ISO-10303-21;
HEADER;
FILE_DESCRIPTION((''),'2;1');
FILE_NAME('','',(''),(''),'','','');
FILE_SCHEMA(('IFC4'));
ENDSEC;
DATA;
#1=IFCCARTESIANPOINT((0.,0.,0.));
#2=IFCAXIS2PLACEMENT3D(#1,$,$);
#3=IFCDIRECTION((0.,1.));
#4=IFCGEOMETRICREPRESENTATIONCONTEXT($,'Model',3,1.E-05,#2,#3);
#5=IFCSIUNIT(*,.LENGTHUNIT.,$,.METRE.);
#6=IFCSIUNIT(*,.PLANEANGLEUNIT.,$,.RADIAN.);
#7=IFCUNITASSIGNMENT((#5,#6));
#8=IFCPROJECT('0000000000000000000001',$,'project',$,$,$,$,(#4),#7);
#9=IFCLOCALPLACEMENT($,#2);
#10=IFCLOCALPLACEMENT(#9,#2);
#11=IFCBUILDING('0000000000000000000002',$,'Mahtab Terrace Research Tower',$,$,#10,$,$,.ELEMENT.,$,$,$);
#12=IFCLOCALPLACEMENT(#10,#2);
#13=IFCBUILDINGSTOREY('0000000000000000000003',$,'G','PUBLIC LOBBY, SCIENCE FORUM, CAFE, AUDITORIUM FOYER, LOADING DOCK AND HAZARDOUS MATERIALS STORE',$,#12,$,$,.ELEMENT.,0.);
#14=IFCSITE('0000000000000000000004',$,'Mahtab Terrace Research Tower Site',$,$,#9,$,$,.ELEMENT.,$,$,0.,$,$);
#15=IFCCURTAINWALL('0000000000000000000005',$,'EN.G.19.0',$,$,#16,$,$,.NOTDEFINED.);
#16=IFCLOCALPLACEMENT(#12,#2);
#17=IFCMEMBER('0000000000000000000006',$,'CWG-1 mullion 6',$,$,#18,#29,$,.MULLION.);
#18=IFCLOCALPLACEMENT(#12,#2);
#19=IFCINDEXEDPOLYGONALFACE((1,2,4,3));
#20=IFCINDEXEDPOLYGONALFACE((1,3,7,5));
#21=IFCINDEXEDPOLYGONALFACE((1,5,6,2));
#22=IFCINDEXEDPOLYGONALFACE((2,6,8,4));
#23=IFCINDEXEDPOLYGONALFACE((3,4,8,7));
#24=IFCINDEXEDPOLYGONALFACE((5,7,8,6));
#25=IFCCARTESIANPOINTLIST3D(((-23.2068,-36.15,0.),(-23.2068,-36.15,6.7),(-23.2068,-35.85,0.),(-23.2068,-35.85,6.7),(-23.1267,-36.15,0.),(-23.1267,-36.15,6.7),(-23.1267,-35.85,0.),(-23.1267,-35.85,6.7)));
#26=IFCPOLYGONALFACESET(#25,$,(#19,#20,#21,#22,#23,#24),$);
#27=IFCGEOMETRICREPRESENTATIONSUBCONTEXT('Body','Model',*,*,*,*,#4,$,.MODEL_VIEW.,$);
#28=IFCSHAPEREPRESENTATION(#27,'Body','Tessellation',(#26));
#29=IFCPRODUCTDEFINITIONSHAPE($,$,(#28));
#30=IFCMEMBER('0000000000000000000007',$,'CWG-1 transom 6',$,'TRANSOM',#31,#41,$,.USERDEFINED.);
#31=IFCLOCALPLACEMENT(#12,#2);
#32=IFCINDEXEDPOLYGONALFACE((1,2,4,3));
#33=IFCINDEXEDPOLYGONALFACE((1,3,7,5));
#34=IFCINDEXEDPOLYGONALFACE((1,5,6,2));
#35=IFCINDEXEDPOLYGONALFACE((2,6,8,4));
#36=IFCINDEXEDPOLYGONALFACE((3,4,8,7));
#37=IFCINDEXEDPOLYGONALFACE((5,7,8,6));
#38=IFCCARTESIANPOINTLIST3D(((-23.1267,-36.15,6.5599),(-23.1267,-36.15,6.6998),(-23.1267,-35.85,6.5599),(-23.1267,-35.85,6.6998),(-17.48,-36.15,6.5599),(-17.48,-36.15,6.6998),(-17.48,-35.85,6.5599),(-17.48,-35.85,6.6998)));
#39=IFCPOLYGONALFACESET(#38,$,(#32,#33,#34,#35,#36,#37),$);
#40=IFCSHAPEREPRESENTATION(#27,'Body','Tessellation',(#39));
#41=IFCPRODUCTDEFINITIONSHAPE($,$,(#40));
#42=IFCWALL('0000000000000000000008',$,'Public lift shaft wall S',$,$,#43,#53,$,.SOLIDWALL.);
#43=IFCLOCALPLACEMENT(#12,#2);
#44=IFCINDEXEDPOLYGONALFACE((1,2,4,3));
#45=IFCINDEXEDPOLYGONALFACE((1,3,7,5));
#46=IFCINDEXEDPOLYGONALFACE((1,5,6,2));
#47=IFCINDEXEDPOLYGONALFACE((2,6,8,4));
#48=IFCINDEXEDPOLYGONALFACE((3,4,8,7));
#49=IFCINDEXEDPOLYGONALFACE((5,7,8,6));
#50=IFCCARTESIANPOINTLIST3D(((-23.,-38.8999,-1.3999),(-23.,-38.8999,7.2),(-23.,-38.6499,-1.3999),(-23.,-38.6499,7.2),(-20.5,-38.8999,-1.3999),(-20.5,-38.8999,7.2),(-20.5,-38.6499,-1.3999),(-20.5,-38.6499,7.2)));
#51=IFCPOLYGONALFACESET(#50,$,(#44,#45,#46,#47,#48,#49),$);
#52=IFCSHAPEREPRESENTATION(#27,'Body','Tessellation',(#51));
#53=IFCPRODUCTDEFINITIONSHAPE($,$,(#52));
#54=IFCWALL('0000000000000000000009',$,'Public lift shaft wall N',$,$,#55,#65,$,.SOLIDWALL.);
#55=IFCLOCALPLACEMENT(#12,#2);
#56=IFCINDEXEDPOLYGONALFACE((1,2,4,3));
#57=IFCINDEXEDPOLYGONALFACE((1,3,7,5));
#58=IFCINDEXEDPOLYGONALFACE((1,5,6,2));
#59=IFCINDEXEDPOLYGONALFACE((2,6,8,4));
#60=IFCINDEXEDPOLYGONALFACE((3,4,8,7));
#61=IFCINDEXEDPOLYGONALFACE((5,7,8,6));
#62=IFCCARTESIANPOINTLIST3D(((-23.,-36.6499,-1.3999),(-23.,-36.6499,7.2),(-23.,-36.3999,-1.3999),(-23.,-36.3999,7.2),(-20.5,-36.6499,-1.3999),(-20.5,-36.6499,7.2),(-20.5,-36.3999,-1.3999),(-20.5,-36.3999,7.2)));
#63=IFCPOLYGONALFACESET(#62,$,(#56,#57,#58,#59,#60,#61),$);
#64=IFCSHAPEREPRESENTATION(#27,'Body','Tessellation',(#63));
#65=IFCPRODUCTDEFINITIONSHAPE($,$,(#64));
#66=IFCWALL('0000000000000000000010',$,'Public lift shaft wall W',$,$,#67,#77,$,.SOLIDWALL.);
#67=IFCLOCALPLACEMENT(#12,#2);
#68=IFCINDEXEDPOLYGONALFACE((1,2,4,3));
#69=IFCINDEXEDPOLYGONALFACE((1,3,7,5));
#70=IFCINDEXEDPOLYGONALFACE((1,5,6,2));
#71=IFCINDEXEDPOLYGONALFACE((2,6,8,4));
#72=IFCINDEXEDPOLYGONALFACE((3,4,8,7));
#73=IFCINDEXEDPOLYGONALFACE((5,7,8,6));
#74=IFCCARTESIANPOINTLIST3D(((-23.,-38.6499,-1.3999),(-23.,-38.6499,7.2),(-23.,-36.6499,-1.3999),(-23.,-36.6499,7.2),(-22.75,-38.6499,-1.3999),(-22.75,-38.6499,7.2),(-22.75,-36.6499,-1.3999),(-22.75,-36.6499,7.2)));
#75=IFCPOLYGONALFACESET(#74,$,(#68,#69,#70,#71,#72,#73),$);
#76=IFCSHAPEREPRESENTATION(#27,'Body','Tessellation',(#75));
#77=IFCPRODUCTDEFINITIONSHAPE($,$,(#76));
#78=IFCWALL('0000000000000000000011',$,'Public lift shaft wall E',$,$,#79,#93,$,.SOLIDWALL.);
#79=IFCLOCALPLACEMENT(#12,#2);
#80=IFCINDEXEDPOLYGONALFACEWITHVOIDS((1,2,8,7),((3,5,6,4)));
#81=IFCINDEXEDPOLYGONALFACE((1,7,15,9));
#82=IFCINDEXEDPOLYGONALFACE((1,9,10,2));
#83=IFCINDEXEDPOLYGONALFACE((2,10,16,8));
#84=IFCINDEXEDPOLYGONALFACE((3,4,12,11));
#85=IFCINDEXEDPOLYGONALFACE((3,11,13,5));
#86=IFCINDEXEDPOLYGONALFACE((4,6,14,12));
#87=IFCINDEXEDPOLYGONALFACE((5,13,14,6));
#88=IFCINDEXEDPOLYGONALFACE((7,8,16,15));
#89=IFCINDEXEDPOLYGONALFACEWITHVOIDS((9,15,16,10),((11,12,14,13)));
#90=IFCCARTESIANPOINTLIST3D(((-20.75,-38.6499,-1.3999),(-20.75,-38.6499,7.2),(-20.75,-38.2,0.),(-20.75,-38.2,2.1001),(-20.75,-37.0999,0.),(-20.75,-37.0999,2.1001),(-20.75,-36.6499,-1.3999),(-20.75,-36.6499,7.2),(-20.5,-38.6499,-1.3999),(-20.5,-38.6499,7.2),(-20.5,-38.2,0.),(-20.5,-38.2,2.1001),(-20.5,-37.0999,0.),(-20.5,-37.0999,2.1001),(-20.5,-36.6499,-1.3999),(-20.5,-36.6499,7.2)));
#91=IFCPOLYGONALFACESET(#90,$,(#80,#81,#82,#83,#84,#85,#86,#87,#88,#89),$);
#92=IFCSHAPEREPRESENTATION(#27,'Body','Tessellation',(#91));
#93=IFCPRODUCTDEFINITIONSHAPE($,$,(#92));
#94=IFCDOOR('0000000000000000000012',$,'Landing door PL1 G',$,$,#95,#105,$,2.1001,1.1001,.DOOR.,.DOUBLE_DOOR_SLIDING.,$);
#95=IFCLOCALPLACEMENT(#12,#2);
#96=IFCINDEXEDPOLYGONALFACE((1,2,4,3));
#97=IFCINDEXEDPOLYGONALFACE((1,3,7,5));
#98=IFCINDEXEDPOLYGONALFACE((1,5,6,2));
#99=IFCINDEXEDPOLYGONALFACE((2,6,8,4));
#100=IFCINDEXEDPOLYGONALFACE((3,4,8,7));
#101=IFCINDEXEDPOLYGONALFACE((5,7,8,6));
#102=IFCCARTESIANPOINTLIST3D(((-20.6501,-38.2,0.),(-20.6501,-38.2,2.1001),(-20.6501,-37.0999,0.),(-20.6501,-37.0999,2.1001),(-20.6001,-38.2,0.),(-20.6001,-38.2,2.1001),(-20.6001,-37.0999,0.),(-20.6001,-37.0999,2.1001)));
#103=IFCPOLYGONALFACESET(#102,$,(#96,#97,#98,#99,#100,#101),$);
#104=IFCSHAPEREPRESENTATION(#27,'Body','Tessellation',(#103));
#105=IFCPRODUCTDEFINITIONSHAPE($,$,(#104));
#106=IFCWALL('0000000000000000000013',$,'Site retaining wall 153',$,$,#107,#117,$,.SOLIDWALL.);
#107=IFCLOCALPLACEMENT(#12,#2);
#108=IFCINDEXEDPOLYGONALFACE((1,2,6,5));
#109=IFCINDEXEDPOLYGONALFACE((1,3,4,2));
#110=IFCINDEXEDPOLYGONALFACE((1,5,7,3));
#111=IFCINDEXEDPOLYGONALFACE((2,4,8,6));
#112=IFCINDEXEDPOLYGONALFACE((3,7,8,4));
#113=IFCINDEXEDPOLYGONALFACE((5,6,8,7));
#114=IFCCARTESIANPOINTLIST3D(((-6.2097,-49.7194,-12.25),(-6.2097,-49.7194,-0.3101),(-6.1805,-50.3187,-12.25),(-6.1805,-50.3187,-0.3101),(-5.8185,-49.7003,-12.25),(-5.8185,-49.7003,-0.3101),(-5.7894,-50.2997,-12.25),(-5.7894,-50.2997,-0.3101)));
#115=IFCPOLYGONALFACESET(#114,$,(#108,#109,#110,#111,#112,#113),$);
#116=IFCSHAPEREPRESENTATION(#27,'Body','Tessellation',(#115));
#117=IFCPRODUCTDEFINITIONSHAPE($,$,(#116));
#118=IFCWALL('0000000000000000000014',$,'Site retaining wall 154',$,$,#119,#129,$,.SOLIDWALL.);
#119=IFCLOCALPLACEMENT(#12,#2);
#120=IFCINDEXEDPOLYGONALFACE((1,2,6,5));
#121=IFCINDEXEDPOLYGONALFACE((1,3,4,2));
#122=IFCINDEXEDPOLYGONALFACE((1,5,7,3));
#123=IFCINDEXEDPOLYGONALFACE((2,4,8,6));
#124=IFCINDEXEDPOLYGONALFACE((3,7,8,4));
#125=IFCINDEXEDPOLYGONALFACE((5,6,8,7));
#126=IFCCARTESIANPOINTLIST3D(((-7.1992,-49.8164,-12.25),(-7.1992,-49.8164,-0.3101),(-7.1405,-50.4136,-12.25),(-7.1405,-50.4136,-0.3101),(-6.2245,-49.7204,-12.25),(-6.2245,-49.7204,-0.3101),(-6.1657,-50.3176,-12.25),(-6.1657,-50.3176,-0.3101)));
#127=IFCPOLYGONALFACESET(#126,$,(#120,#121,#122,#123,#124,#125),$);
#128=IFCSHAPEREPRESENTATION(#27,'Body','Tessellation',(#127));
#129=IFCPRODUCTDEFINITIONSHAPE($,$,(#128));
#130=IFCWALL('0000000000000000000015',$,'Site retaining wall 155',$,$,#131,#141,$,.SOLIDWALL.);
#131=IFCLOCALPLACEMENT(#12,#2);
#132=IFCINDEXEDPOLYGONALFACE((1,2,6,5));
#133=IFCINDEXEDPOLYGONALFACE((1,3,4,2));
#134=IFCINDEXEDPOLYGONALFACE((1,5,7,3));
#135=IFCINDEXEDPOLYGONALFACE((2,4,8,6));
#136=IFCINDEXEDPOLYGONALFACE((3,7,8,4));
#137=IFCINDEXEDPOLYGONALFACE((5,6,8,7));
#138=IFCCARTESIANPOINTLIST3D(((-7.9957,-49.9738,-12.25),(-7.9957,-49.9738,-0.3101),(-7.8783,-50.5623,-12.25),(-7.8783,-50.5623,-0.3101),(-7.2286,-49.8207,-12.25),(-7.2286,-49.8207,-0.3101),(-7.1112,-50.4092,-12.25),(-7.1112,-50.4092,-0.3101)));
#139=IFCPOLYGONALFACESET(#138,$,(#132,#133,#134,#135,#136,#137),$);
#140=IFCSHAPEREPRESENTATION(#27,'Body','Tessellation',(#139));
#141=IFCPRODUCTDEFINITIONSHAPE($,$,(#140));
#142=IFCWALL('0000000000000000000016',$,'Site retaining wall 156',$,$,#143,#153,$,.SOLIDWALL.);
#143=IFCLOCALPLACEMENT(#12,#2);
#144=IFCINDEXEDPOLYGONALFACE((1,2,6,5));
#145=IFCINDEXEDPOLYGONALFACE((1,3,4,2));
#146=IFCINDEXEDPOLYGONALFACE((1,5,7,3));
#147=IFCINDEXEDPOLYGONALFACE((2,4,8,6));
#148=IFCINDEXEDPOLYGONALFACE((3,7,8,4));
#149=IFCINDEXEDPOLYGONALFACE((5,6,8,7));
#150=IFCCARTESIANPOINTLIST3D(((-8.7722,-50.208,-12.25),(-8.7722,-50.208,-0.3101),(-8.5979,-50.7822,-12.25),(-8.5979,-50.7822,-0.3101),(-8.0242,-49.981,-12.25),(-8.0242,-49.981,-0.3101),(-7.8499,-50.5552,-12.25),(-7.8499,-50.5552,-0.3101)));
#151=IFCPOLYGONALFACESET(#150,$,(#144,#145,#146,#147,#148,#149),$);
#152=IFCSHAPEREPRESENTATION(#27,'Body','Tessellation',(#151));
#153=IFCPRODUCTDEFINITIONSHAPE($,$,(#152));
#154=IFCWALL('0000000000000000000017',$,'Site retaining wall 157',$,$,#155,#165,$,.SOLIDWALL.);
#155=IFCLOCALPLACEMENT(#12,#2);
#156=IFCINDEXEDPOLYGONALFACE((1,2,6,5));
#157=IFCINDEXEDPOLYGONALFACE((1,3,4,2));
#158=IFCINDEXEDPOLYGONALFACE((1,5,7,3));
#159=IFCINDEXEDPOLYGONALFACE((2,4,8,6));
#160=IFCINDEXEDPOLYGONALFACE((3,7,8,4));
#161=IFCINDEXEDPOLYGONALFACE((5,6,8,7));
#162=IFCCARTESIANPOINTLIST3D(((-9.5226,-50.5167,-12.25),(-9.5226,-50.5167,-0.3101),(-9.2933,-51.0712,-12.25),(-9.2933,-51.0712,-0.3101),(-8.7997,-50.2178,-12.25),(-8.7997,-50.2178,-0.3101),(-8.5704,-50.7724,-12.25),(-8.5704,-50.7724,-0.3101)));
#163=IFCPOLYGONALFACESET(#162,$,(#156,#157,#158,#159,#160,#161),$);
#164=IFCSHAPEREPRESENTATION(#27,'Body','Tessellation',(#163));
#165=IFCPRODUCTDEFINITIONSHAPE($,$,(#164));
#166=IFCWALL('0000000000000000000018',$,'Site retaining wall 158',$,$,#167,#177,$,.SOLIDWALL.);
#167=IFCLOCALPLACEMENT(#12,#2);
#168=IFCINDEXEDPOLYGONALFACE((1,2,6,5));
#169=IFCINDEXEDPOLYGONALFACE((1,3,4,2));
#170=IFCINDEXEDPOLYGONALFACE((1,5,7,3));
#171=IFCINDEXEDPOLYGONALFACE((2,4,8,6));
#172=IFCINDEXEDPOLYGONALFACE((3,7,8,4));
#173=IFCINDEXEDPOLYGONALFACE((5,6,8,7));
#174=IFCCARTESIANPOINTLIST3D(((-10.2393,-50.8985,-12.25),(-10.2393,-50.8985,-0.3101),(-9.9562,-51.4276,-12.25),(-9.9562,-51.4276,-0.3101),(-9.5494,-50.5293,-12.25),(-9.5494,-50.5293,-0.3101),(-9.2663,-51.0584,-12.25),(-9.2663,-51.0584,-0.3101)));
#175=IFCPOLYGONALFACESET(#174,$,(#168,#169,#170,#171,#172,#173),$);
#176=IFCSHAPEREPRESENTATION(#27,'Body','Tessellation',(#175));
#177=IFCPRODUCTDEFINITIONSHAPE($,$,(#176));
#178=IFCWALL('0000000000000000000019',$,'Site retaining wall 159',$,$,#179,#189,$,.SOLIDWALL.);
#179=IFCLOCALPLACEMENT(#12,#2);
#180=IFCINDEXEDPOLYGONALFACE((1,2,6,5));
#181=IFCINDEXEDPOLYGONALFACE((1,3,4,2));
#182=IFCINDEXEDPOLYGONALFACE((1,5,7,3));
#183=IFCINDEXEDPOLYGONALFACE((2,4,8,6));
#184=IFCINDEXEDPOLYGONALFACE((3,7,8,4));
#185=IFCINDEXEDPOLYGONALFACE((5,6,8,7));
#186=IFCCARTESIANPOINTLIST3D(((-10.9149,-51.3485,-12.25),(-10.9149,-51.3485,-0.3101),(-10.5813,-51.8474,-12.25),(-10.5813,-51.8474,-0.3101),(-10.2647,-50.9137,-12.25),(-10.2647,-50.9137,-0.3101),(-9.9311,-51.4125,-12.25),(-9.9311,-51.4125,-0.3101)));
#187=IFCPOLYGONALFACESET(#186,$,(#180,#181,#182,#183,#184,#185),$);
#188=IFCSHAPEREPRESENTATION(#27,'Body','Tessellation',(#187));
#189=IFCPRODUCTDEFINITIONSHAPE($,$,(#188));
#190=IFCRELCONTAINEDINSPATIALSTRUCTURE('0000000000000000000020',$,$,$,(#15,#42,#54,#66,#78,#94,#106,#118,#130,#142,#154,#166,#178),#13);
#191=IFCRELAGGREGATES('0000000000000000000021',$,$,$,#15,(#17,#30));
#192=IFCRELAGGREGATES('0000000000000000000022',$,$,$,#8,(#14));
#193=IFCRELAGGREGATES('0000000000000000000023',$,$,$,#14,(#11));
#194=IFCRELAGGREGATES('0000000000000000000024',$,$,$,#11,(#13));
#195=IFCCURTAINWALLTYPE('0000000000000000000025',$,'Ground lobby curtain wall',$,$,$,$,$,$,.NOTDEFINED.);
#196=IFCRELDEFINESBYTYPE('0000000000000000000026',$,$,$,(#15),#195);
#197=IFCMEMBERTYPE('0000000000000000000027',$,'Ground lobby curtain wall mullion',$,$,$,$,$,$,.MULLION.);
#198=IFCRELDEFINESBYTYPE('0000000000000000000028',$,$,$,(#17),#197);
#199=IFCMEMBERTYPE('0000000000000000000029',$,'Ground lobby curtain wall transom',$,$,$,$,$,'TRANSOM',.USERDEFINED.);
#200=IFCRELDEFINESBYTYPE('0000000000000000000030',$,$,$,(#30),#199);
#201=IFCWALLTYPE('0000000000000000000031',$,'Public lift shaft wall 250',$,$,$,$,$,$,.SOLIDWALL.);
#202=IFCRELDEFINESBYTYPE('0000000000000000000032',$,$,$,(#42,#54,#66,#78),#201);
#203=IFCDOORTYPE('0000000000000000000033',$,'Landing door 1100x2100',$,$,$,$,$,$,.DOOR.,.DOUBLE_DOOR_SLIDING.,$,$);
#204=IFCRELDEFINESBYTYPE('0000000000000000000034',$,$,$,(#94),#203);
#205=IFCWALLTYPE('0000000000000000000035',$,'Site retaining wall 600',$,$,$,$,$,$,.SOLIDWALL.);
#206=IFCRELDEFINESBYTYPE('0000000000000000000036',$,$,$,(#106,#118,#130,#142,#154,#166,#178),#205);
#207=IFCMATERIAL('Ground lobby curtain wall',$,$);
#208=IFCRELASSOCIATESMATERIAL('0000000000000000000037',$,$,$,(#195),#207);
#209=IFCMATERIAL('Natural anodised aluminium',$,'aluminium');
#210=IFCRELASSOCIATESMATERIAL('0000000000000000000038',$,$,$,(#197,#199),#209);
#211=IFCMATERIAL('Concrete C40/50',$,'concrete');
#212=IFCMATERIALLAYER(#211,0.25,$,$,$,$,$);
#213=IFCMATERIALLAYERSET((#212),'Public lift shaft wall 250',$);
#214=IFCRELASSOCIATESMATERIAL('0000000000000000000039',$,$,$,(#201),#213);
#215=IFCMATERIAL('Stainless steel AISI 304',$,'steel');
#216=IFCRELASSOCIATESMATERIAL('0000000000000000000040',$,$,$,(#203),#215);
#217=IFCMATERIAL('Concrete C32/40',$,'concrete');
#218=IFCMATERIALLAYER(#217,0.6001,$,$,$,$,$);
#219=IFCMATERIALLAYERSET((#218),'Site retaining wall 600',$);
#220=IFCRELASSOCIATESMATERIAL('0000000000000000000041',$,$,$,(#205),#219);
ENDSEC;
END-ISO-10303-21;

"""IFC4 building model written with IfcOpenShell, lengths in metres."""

from ifc_helpers import new_model, si_unit, direction, frame, frame_2d, origin, origin_2d, place, context, subcontext, project, spatial, rectangle, extrude, material, layer, layer_set, material_profile, profile_set, type_object, element, fill, aggregate, save


model = new_model("IFC4")

# Units and contexts
model_context = context("Model", 3, precision=1e-05, world=origin(), true_north=direction((0.0, 1.0)))
body_context = subcontext(model_context, "Body", "Model", "MODEL_VIEW")
ifc_project = project(units=[si_unit("LENGTHUNIT", "METRE"), si_unit("PLANEANGLEUNIT", "RADIAN")], contexts=[model_context])

# Site, building, storey
site_placement = place(None, origin())
site = spatial("IfcSite", under=ifc_project, at=site_placement, Name="Mahtab Terrace Research Tower Site", CompositionType="ELEMENT", RefElevation=0.0)
building_placement = place(site_placement, origin())
building = spatial("IfcBuilding", under=site, at=building_placement, Name="Mahtab Terrace Research Tower", CompositionType="ELEMENT")
storey_placement = place(building_placement, origin())
storey = spatial("IfcBuildingStorey", under=building, at=storey_placement, Name="G", Description="PUBLIC LOBBY, SCIENCE FORUM, CAFE, AUDITORIUM FOYER, LOADING DOCK AND HAZARDOUS MATERIALS STORE", CompositionType="ELEMENT", Elevation=0.0)

# Curtain wall, members
ifc_material_1 = material(Name="Ground lobby curtain wall")
curtain_wall_type = type_object("IfcCurtainWallType", Name="Ground lobby curtain wall", PredefinedType="NOTDEFINED", material=ifc_material_1)
curtain_wall_placement = place(storey_placement, origin())
curtain_wall = element("IfcCurtainWall", 1, at=curtain_wall_placement, inside=storey, type_object=curtain_wall_type, Name="EN.G.19.0", PredefinedType="NOTDEFINED")
ifc_material_2 = material(Name="Natural anodised aluminium", Category="aluminium")
ifc_material_profile_1 = material_profile(ifc_material_2, rectangle(XDim=0.3, YDim=0.0801, at=origin_2d()), Name="MULLION 80x300")
ifc_profile_set_1 = profile_set([ifc_material_profile_1], Name="Natural anodised aluminium")
member_type_1 = type_object("IfcMemberType", Name="Ground lobby curtain wall mullion", PredefinedType="MULLION", material=ifc_profile_set_1)
member_1_placement = place(storey_placement, frame((-23.1667, -36.0, 0.0), z_axis=(0.0, 0.0, 1.0), x_axis=(0.0, 1.0, 0.0)))
member_1 = element("IfcMember", 2, at=member_1_placement, type_object=member_type_1, Name="CWG-1 mullion 6", PredefinedType="MULLION", context=body_context, shape_type="SweptSolid", body=[
    extrude(rectangle(XDim=0.3, YDim=0.0801, at=origin_2d()), origin(), (0.0, 0.0, 1.0), 6.7),
])
ifc_material_profile_2 = material_profile(ifc_material_2, rectangle(XDim=0.3, YDim=0.1399, at=origin_2d()), Name="TRANSOM 140x300")
ifc_profile_set_2 = profile_set([ifc_material_profile_2], Name="Natural anodised aluminium")
member_type_2 = type_object("IfcMemberType", Name="Ground lobby curtain wall transom", ElementType="TRANSOM", PredefinedType="USERDEFINED", material=ifc_profile_set_2)
member_2_placement = place(storey_placement, frame((-23.1267, -36.0, 6.6299), z_axis=(1.0, 0.0, 0.0), x_axis=(0.0, 1.0, 0.0)))
member_2 = element("IfcMember", 3, at=member_2_placement, type_object=member_type_2, Name="CWG-1 transom 6", ObjectType="TRANSOM", PredefinedType="USERDEFINED", context=body_context, shape_type="SweptSolid", body=[
    extrude(rectangle(XDim=0.3, YDim=0.1399, at=origin_2d()), origin(), (0.0, 0.0, 1.0), 5.6467),
])
aggregate(curtain_wall, [member_1, member_2])

# Walls
ifc_material_3 = material(Name="Concrete C40/50", Category="concrete")
ifc_layer_1 = layer(ifc_material_3, 0.25)
ifc_layer_set_1 = layer_set([ifc_layer_1], Name="Public lift shaft wall 250")
wall_type_1 = type_object("IfcWallType", Name="Public lift shaft wall 250", PredefinedType="SOLIDWALL", material=ifc_layer_set_1)
for number, where, z_axis, x_axis, name in (
    (4, (-20.5, -38.7749, -1.3999), (0.0, 0.0, 1.0), (-1.0, 0.0, 0.0), "Public lift shaft wall S"),
    (5, (-23.0, -36.5249, -1.3999), (0.0, 0.0, 1.0), (1.0, 0.0, 0.0), "Public lift shaft wall N"),
):
    element("IfcWall", number, at=place(storey_placement, frame(where, z_axis=z_axis, x_axis=x_axis)), inside=storey, type_object=wall_type_1, Name=name, PredefinedType="SOLIDWALL", context=body_context, shape_type="SweptSolid", body=[
        extrude(rectangle(XDim=2.5, YDim=0.25, at=frame_2d((1.25, 0.0))), origin(), (0.0, 0.0, 1.0), 8.5999),
    ])
wall_1_placement = place(storey_placement, frame((-22.875, -38.6499, -1.3999), z_axis=(0.0, 0.0, 1.0), x_axis=(0.0, 1.0, 0.0)))
element("IfcWall", 6, at=wall_1_placement, inside=storey, type_object=wall_type_1, Name="Public lift shaft wall W", PredefinedType="SOLIDWALL", context=body_context, shape_type="SweptSolid", body=[
    extrude(rectangle(XDim=2.0, YDim=0.25, at=frame_2d((1.0, 0.0))), origin(), (0.0, 0.0, 1.0), 8.5999),
])

# Wall, opening, door
wall_2_placement = place(storey_placement, frame((-20.625, -36.6499, -1.3999), z_axis=(0.0, 0.0, 1.0), x_axis=(0.0, -1.0, 0.0)))
wall_2 = element("IfcWall", 7, at=wall_2_placement, inside=storey, type_object=wall_type_1, Name="Public lift shaft wall E", PredefinedType="SOLIDWALL", context=body_context, shape_type="SweptSolid", body=[
    extrude(rectangle(XDim=2.0, YDim=0.25, at=frame_2d((1.0, 0.0))), origin(), (0.0, 0.0, 1.0), 8.5999),
])
opening_placement = place(wall_2_placement, frame((0.45, 0.0, 1.3999)))
opening = element("IfcOpeningElement", 8, at=opening_placement, cuts=wall_2, PredefinedType="OPENING", context=body_context, shape_type="SweptSolid", body=[
    extrude(rectangle(XDim=1.1001, YDim=2.1001, at=frame_2d((0.55, 1.05))), frame((0.0, 0.135, 0.0), z_axis=(0.0, -1.0, 0.0), x_axis=(1.0, 0.0, 0.0)), (0.0, 0.0, 1.0), 0.27),
])
ifc_material_4 = material(Name="Stainless steel AISI 304", Category="steel")
door_type = type_object("IfcDoorType", Name="Landing door 1100x2100", OperationType="DOUBLE_DOOR_SLIDING", PredefinedType="DOOR", material=ifc_material_4)
door_placement = place(opening_placement, origin())
door = element("IfcDoor", 9, at=door_placement, inside=storey, type_object=door_type, Name="Landing door PL1 G", OperationType="DOUBLE_DOOR_SLIDING", OverallHeight=2.1001, OverallWidth=1.1001, PredefinedType="DOOR", context=body_context, shape_type="SweptSolid", body=[
    extrude(rectangle(XDim=1.1001, YDim=2.1001, at=frame_2d((0.55, 1.05))), frame((0.0, 0.0249, 0.0), z_axis=(0.0, -1.0, 0.0), x_axis=(1.0, 0.0, 0.0)), (0.0, 0.0, 1.0), 0.05),
])
fill(opening, door)

# Walls
ifc_material_5 = material(Name="Concrete C32/40", Category="concrete")
ifc_layer_2 = layer(ifc_material_5, 0.6001)
ifc_layer_set_2 = layer_set([ifc_layer_2], Name="Site retaining wall 600")
wall_type_2 = type_object("IfcWallType", Name="Site retaining wall 600", PredefinedType="SOLIDWALL", material=ifc_layer_set_2)
wall_3_placement = place(storey_placement, frame((-5.804, -50.0, -12.25), z_axis=(0.0, 0.0, 1.0), x_axis=(-0.998817, -0.048632, 0.0)))
element("IfcWall", 10, at=wall_3_placement, inside=storey, type_object=wall_type_2, Name="Site retaining wall 153", PredefinedType="SOLIDWALL", context=body_context, shape_type="SweptSolid", body=[
    extrude(rectangle(XDim=0.3916, YDim=0.6001, at=frame_2d((0.1958, 0.0))), origin(), (0.0, 0.0, 1.0), 11.9399),
])
wall_4_placement = place(storey_placement, frame((-6.1951, -50.019, -12.25), z_axis=(0.0, 0.0, 1.0), x_axis=(-0.995191, -0.097949, 0.0)))
element("IfcWall", 11, at=wall_4_placement, inside=storey, type_object=wall_type_2, Name="Site retaining wall 154", PredefinedType="SOLIDWALL", context=body_context, shape_type="SweptSolid", body=[
    extrude(rectangle(XDim=0.9795, YDim=0.6001, at=frame_2d((0.4897, 0.0))), origin(), (0.0, 0.0, 1.0), 11.9399),
])
wall_5_placement = place(storey_placement, frame((-7.1699, -50.115, -12.25), z_axis=(0.0, 0.0, 1.0), x_axis=(-0.980665, -0.195696, 0.0)))
element("IfcWall", 12, at=wall_5_placement, inside=storey, type_object=wall_type_2, Name="Site retaining wall 155", PredefinedType="SOLIDWALL", context=body_context, shape_type="SweptSolid", body=[
    extrude(rectangle(XDim=0.7822, YDim=0.6001, at=frame_2d((0.3911, 0.0))), origin(), (0.0, 0.0, 1.0), 11.9399),
])
wall_6_placement = place(storey_placement, frame((-7.937, -50.2681, -12.25), z_axis=(0.0, 0.0, 1.0), x_axis=(-0.956893, -0.290441, 0.0)))
element("IfcWall", 13, at=wall_6_placement, inside=storey, type_object=wall_type_2, Name="Site retaining wall 156", PredefinedType="SOLIDWALL", context=body_context, shape_type="SweptSolid", body=[
    extrude(rectangle(XDim=0.7817, YDim=0.6001, at=frame_2d((0.3909, 0.0))), origin(), (0.0, 0.0, 1.0), 11.9399),
])
wall_7_placement = place(storey_placement, frame((-8.6851, -50.4951, -12.25), z_axis=(0.0, 0.0, 1.0), x_axis=(-0.924154, -0.382021, 0.0)))
element("IfcWall", 14, at=wall_7_placement, inside=storey, type_object=wall_type_2, Name="Site retaining wall 157", PredefinedType="SOLIDWALL", context=body_context, shape_type="SweptSolid", body=[
    extrude(rectangle(XDim=0.7822, YDim=0.6001, at=frame_2d((0.3911, 0.0))), origin(), (0.0, 0.0, 1.0), 11.9399),
])
wall_8_placement = place(storey_placement, frame((-9.408, -50.7939, -12.25), z_axis=(0.0, 0.0, 1.0), x_axis=(-0.88173, -0.471754, 0.0)))
element("IfcWall", 15, at=wall_8_placement, inside=storey, type_object=wall_type_2, Name="Site retaining wall 158", PredefinedType="SOLIDWALL", context=body_context, shape_type="SweptSolid", body=[
    extrude(rectangle(XDim=0.7825, YDim=0.6001, at=frame_2d((0.3911, 0.0))), origin(), (0.0, 0.0, 1.0), 11.9399),
])
wall_9_placement = place(storey_placement, frame((-10.0979, -51.1631, -12.25), z_axis=(0.0, 0.0, 1.0), x_axis=(-0.831233, -0.555924, 0.0)))
element("IfcWall", 16, at=wall_9_placement, inside=storey, type_object=wall_type_2, Name="Site retaining wall 159", PredefinedType="SOLIDWALL", context=body_context, shape_type="SweptSolid", body=[
    extrude(rectangle(XDim=0.7822, YDim=0.6001, at=frame_2d((0.3911, 0.0))), origin(), (0.0, 0.0, 1.0), 11.9399),
])

save(model, "model.ifc")
